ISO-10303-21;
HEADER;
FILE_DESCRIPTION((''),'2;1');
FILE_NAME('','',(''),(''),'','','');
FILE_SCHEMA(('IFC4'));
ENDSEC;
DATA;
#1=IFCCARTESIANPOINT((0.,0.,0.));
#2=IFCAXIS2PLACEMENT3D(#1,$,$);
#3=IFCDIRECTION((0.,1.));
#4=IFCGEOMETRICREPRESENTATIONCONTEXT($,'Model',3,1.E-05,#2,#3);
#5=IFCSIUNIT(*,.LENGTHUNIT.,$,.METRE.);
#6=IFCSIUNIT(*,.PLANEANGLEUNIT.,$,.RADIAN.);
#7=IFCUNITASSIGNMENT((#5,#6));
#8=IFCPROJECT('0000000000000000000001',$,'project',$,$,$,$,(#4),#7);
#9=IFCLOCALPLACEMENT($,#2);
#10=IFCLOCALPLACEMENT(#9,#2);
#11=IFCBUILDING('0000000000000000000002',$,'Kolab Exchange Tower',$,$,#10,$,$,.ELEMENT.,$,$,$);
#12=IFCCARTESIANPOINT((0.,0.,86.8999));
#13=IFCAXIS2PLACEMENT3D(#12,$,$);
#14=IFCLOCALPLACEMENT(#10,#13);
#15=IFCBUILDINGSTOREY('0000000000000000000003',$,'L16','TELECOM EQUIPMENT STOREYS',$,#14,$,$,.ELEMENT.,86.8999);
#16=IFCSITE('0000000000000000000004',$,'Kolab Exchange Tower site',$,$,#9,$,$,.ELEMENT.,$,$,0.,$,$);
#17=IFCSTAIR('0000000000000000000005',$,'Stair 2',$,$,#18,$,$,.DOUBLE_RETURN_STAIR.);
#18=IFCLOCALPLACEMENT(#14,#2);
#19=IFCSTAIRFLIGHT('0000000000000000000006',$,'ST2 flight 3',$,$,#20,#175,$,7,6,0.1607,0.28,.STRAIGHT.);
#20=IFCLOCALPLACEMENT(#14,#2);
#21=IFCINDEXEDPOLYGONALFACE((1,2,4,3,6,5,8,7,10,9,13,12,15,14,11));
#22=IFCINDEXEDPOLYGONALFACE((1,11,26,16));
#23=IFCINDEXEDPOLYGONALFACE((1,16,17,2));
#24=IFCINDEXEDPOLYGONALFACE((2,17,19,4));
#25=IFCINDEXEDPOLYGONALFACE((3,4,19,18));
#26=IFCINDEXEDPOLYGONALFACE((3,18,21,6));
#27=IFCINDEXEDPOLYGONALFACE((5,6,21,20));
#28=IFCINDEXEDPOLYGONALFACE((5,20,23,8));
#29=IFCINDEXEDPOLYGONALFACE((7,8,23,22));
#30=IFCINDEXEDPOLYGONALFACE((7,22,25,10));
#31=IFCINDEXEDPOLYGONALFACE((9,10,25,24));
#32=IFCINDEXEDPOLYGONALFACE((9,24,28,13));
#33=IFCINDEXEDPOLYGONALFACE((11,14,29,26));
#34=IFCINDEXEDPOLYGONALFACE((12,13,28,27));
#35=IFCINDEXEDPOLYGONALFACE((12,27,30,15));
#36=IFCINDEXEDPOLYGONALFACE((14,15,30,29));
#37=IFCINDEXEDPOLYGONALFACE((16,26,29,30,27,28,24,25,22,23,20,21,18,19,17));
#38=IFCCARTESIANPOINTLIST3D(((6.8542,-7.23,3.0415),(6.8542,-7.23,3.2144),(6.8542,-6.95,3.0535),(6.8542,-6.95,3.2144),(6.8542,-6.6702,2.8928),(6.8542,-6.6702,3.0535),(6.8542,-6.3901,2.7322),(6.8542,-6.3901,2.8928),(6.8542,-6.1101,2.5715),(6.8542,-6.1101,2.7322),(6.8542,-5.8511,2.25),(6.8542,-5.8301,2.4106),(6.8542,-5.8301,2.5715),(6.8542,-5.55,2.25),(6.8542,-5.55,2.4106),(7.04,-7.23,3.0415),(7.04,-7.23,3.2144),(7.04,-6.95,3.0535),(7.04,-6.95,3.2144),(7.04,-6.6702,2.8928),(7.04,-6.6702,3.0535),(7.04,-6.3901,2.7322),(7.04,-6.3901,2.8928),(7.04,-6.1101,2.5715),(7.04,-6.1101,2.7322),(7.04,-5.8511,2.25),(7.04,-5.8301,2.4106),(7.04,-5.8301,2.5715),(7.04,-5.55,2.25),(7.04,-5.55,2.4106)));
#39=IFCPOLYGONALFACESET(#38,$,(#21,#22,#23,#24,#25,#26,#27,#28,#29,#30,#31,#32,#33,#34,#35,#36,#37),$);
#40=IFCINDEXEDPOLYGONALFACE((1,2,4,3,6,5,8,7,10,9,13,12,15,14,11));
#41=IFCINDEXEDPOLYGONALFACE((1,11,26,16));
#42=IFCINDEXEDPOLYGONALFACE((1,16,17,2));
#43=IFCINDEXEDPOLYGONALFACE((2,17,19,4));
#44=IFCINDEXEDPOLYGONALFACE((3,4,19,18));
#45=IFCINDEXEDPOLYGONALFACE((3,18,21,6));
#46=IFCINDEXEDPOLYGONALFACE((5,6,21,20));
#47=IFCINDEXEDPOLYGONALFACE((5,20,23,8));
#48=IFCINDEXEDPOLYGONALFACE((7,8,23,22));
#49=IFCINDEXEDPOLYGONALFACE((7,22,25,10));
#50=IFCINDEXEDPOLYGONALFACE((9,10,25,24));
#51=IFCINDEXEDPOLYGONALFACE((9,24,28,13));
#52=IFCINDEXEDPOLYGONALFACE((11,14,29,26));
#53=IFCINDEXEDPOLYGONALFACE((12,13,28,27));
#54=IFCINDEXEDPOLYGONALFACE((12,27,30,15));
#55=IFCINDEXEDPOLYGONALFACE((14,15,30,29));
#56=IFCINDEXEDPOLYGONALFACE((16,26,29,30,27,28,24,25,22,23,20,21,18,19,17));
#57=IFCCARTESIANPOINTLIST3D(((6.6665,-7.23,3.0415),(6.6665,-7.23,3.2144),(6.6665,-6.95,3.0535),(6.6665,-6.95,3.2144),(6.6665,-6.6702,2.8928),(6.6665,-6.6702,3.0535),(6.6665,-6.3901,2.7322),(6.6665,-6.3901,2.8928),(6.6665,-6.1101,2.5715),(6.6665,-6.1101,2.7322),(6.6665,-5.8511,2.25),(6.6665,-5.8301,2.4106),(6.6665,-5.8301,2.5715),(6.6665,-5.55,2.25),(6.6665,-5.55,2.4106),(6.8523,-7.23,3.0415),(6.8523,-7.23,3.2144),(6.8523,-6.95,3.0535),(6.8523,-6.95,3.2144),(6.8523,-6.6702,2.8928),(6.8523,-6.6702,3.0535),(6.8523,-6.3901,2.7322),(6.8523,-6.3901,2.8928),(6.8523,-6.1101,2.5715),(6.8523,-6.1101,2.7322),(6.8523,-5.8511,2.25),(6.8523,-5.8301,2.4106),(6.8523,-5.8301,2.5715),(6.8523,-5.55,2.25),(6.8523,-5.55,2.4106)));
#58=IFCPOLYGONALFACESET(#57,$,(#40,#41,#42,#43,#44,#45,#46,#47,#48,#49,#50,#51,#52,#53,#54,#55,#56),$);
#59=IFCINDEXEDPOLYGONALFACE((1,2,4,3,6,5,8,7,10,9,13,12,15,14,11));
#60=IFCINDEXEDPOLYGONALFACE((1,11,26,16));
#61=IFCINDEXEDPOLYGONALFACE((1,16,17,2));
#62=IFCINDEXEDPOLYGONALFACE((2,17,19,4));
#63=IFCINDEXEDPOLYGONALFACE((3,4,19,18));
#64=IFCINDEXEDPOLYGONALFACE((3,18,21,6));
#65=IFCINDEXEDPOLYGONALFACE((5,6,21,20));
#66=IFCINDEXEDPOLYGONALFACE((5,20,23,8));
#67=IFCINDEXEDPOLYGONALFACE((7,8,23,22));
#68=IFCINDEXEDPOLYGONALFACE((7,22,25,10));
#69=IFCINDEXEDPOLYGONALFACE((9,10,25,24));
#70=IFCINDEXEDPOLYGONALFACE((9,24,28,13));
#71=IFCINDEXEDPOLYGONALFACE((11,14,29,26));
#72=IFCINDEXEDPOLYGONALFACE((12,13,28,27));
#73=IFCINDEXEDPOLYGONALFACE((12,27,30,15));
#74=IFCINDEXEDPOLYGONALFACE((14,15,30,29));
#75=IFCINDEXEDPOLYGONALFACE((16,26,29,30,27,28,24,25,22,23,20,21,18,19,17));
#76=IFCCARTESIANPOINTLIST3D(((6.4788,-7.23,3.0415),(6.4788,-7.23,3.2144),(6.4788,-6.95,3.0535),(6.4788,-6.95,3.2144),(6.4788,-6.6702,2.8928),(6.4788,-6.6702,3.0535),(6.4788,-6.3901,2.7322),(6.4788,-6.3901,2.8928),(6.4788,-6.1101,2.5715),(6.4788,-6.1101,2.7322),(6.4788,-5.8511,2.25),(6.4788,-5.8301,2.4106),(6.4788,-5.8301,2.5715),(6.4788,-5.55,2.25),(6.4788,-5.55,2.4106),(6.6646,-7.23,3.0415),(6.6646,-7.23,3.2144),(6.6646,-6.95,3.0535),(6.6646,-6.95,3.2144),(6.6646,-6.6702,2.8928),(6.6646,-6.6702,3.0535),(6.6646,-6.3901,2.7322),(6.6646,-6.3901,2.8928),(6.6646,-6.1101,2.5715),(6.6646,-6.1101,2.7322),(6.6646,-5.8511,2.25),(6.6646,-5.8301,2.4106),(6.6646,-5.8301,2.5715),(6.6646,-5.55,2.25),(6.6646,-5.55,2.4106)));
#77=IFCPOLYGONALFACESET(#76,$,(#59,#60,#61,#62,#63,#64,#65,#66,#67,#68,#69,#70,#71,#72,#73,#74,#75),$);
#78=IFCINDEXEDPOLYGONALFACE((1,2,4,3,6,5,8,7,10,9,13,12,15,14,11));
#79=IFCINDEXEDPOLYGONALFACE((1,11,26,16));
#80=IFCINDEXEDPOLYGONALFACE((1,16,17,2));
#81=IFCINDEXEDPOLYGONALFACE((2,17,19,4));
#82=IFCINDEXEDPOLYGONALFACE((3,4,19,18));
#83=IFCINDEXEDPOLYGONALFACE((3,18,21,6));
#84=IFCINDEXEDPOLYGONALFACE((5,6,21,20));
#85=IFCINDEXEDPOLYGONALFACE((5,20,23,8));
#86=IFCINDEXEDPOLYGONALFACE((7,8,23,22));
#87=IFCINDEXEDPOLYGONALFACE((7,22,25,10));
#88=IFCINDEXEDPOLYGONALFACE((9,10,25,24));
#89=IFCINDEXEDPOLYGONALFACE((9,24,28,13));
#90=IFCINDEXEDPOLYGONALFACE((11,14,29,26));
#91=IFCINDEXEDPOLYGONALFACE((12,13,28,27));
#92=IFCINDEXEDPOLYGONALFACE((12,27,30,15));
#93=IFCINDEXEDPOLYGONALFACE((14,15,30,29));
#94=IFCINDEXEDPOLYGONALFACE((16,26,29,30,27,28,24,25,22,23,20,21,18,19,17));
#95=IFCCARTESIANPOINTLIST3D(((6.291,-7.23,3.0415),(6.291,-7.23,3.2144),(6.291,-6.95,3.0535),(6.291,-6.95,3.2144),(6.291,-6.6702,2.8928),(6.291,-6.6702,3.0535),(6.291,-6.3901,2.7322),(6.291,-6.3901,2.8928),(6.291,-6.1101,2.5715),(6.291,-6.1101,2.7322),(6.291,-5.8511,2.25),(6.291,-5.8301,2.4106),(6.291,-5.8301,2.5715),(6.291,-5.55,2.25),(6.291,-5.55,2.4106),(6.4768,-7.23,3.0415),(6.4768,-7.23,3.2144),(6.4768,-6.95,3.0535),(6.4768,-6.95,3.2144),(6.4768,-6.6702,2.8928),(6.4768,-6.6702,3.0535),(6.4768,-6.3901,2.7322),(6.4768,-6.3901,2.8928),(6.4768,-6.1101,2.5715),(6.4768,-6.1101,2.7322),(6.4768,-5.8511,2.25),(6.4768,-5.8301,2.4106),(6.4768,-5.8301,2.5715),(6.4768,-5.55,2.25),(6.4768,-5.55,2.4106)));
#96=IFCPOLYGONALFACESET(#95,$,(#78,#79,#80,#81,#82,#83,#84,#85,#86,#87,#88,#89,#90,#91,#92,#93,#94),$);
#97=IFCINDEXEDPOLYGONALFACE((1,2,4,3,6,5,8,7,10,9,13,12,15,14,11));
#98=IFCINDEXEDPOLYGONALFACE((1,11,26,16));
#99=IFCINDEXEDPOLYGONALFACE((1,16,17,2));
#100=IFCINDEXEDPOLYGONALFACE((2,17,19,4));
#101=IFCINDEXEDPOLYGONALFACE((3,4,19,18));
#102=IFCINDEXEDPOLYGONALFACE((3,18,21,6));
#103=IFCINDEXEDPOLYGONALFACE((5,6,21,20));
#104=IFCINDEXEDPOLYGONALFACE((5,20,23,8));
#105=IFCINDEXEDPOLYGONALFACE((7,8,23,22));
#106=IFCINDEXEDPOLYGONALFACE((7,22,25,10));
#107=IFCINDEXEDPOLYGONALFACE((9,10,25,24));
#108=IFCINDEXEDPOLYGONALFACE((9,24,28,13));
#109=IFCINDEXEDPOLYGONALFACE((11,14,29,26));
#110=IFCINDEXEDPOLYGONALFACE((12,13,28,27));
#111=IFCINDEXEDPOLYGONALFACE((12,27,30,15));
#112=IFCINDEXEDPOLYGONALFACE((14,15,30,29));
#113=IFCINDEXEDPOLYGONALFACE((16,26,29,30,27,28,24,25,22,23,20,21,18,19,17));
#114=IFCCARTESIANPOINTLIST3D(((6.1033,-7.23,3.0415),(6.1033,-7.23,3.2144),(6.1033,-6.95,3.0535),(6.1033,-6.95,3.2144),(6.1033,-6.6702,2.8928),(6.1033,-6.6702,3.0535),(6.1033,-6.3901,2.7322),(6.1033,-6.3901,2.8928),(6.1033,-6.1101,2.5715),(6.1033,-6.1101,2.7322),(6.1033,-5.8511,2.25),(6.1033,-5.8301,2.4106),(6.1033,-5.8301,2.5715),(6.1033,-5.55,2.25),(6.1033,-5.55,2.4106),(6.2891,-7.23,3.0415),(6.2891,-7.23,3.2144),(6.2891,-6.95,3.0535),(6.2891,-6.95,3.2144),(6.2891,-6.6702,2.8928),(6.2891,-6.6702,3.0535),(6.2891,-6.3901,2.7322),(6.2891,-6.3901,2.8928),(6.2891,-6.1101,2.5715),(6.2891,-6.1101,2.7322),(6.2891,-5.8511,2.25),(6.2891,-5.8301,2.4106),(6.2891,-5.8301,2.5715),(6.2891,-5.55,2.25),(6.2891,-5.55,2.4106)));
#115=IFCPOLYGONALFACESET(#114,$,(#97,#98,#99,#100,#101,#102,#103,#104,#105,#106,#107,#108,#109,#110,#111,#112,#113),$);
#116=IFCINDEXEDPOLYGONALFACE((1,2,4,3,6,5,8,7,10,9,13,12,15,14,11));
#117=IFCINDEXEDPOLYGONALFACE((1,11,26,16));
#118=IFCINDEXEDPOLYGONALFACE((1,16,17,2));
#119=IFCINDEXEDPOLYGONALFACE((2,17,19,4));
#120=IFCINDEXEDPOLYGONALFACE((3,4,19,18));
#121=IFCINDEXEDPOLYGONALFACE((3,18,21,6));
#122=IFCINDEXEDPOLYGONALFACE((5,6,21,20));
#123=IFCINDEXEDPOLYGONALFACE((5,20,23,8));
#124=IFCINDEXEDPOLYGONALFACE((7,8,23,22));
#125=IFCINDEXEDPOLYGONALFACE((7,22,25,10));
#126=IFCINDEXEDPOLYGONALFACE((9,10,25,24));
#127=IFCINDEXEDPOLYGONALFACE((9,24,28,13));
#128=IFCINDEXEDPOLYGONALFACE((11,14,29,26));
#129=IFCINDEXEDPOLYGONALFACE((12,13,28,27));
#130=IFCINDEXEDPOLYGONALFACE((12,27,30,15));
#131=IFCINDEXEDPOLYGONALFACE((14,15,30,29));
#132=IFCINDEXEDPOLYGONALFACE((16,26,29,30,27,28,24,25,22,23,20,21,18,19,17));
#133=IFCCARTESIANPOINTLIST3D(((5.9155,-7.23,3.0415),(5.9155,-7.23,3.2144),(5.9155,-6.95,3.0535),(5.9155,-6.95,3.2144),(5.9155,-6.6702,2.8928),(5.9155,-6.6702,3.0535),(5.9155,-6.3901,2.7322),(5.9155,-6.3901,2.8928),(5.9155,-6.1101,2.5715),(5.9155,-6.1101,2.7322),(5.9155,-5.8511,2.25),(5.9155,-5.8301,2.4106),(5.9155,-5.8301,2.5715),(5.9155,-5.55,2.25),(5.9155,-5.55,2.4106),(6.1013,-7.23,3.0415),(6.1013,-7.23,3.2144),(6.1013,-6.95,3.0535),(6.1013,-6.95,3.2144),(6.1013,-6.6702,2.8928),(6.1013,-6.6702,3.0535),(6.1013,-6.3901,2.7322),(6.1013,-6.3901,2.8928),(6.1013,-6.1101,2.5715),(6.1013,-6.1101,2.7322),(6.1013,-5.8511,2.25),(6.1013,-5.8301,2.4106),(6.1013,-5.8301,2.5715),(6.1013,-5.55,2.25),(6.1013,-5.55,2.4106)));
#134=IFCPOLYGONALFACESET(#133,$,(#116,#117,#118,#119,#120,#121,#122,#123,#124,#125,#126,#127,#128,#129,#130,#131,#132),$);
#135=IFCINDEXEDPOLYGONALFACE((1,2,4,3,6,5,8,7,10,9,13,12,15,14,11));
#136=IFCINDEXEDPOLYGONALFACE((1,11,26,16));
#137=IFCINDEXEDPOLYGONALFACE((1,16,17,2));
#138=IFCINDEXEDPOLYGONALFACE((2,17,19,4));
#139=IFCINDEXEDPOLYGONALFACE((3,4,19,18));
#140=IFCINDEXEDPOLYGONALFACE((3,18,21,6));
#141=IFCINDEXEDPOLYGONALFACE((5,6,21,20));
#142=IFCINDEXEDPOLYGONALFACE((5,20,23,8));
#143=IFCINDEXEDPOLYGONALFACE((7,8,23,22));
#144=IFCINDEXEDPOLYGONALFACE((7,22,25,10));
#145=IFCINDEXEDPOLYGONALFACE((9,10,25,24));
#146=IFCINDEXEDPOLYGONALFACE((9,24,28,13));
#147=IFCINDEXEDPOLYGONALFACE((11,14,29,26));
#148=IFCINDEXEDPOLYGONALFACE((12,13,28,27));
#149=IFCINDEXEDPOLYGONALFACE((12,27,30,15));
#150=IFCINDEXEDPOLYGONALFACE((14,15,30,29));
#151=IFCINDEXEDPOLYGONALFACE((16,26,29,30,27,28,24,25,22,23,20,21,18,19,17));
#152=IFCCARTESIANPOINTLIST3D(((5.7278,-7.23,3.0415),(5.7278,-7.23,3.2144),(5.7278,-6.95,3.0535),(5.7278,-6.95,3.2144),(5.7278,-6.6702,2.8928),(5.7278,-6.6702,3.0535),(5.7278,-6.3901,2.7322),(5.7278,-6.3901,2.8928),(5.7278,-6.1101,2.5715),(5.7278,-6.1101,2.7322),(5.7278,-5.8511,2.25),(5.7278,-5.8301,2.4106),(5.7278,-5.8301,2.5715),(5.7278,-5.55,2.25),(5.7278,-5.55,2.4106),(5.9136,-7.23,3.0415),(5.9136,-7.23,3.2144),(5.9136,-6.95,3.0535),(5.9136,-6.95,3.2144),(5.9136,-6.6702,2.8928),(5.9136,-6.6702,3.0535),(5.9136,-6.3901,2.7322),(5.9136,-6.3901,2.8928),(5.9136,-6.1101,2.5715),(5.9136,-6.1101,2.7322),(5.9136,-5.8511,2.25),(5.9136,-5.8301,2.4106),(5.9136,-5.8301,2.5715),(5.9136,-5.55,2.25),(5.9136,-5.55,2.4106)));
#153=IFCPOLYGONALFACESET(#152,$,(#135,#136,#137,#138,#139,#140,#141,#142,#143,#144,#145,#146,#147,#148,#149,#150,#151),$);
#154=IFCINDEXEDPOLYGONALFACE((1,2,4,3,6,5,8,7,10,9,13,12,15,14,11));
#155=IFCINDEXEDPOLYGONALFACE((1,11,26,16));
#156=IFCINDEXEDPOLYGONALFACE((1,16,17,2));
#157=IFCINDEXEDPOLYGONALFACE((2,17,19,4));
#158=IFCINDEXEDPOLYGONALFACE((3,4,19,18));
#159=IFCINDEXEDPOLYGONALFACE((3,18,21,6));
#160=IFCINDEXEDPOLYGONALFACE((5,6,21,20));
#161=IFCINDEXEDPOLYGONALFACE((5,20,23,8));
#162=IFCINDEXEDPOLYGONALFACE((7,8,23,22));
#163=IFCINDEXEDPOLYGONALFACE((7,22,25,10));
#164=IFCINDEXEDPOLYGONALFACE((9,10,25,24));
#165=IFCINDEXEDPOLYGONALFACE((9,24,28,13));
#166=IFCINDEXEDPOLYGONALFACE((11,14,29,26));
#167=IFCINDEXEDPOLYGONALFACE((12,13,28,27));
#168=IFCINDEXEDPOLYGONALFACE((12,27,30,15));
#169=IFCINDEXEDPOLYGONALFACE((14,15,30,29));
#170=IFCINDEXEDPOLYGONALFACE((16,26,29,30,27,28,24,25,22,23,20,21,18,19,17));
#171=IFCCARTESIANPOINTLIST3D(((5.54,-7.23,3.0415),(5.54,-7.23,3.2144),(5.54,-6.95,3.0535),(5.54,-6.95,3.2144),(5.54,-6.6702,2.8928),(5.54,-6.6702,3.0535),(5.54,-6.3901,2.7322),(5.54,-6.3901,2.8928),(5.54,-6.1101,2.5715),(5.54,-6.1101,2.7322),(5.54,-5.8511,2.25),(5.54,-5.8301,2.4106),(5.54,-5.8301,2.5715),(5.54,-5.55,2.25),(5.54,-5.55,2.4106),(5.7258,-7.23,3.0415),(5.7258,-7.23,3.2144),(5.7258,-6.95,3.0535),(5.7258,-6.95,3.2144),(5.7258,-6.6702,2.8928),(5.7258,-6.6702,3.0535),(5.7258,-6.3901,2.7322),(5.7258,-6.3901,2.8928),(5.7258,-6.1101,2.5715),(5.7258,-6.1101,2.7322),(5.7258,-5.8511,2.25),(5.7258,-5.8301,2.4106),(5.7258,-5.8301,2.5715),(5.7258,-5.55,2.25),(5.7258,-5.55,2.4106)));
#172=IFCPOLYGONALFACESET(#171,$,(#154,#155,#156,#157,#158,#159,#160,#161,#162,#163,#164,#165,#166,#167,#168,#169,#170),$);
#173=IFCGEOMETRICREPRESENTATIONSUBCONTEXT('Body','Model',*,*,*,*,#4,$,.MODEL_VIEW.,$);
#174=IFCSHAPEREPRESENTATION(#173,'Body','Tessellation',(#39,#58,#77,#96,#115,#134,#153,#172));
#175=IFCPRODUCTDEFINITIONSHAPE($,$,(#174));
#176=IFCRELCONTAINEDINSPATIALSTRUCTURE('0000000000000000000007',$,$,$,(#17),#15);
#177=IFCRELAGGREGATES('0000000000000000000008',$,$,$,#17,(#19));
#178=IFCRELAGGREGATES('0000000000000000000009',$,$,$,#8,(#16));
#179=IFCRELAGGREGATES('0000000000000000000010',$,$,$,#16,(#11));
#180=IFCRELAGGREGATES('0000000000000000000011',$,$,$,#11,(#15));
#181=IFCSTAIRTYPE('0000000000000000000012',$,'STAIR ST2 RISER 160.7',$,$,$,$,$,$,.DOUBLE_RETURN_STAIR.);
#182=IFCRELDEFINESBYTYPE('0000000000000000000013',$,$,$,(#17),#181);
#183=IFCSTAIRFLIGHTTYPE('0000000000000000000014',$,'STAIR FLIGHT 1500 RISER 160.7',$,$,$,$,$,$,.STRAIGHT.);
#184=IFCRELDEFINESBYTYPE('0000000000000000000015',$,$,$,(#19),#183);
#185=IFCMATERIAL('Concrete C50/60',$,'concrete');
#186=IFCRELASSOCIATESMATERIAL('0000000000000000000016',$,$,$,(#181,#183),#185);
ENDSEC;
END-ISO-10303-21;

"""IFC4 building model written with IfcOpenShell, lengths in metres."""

from ifc_helpers import new_model, si_unit, direction, frame, origin, place, context, subcontext, project, spatial, polyline, outline, extrude, material, type_object, element, aggregate, save


model = new_model("IFC4")

# Units and contexts
model_context = context("Model", 3, precision=1e-05, world=origin(), true_north=direction((0.0, 1.0)))
body_context = subcontext(model_context, "Body", "Model", "MODEL_VIEW")
ifc_project = project(units=[si_unit("LENGTHUNIT", "METRE"), si_unit("PLANEANGLEUNIT", "RADIAN")], contexts=[model_context])

# Site, building, storey
site_placement = place(None, origin())
site = spatial("IfcSite", under=ifc_project, at=site_placement, Name="Kolab Exchange Tower site", CompositionType="ELEMENT", RefElevation=0.0)
building_placement = place(site_placement, origin())
building = spatial("IfcBuilding", under=site, at=building_placement, Name="Kolab Exchange Tower", CompositionType="ELEMENT")
storey_placement = place(building_placement, frame((0.0, 0.0, 86.8999)))
storey = spatial("IfcBuildingStorey", under=building, at=storey_placement, Name="L16", Description="TELECOM EQUIPMENT STOREYS", CompositionType="ELEMENT", Elevation=86.8999)

# Shared definitions
ifc_material_1 = material(Name="Concrete C50/60", Category="concrete")

# Stair, stair flight
stair_type = type_object("IfcStairType", Name="STAIR ST2 RISER 160.7", PredefinedType="DOUBLE_RETURN_STAIR", material=ifc_material_1)
stair_placement = place(storey_placement, origin())
stair = element("IfcStair", 1, at=stair_placement, inside=storey, type_object=stair_type, Name="Stair 2", PredefinedType="DOUBLE_RETURN_STAIR")
stair_flight_type = type_object("IfcStairFlightType", Name="STAIR FLIGHT 1500 RISER 160.7", PredefinedType="STRAIGHT", material=ifc_material_1)
stair_flight_1_placement = place(storey_placement, frame((6.29, -5.55, 2.25), z_axis=(0.0, 0.0, 1.0), x_axis=(0.0, -1.0, 0.0)))
stair_flight_1 = element("IfcStairFlight", 2, at=stair_flight_1_placement, type_object=stair_flight_type, Name="ST2 flight 3", NumberOfRisers=7, NumberOfTreads=6, PredefinedType="STRAIGHT", RiserHeight=0.1607, TreadLength=0.28, context=body_context, shape_type="SweptSolid", body=[
    extrude(outline(polyline([(0.0, 0.0), (0.0, 0.1606), (0.28, 0.1606), (0.28, 0.3215), (0.5601, 0.3215), (0.5601, 0.4822), (0.8401, 0.4822), (0.8401, 0.6428), (1.1201, 0.6428), (1.1201, 0.8035), (1.3999, 0.8035), (1.3999, 0.9644), (1.6799, 0.9644), (1.6799, 1.125), (1.6799, 0.7915), (0.301, 0.0), (0.0, 0.0)])), frame((0.0, 0.75, 0.0), z_axis=(0.0, -1.0, 0.0), x_axis=(1.0, 0.0, 0.0)), (0.0, 0.0, 1.0), 0.1858),
    extrude(outline(polyline([(0.0, 0.0), (0.0, 0.1606), (0.28, 0.1606), (0.28, 0.3215), (0.5601, 0.3215), (0.5601, 0.4822), (0.8401, 0.4822), (0.8401, 0.6428), (1.1201, 0.6428), (1.1201, 0.8035), (1.3999, 0.8035), (1.3999, 0.9644), (1.6799, 0.9644), (1.6799, 1.125), (1.6799, 0.7915), (0.301, 0.0), (0.0, 0.0)])), frame((0.0, 0.5623, 0.0), z_axis=(0.0, -1.0, 0.0), x_axis=(1.0, 0.0, 0.0)), (0.0, 0.0, 1.0), 0.1858),
    extrude(outline(polyline([(0.0, 0.0), (0.0, 0.1606), (0.28, 0.1606), (0.28, 0.3215), (0.5601, 0.3215), (0.5601, 0.4822), (0.8401, 0.4822), (0.8401, 0.6428), (1.1201, 0.6428), (1.1201, 0.8035), (1.3999, 0.8035), (1.3999, 0.9644), (1.6799, 0.9644), (1.6799, 1.125), (1.6799, 0.7915), (0.301, 0.0), (0.0, 0.0)])), frame((0.0, 0.3745, 0.0), z_axis=(0.0, -1.0, 0.0), x_axis=(1.0, 0.0, 0.0)), (0.0, 0.0, 1.0), 0.1858),
    extrude(outline(polyline([(0.0, 0.0), (0.0, 0.1606), (0.28, 0.1606), (0.28, 0.3215), (0.5601, 0.3215), (0.5601, 0.4822), (0.8401, 0.4822), (0.8401, 0.6428), (1.1201, 0.6428), (1.1201, 0.8035), (1.3999, 0.8035), (1.3999, 0.9644), (1.6799, 0.9644), (1.6799, 1.125), (1.6799, 0.7915), (0.301, 0.0), (0.0, 0.0)])), frame((0.0, 0.1868, 0.0), z_axis=(0.0, -1.0, 0.0), x_axis=(1.0, 0.0, 0.0)), (0.0, 0.0, 1.0), 0.1858),
    extrude(outline(polyline([(0.0, 0.0), (0.0, 0.1606), (0.28, 0.1606), (0.28, 0.3215), (0.5601, 0.3215), (0.5601, 0.4822), (0.8401, 0.4822), (0.8401, 0.6428), (1.1201, 0.6428), (1.1201, 0.8035), (1.3999, 0.8035), (1.3999, 0.9644), (1.6799, 0.9644), (1.6799, 1.125), (1.6799, 0.7915), (0.301, 0.0), (0.0, 0.0)])), frame((0.0, -0.001, 0.0), z_axis=(0.0, -1.0, 0.0), x_axis=(1.0, 0.0, 0.0)), (0.0, 0.0, 1.0), 0.1858),
    extrude(outline(polyline([(0.0, 0.0), (0.0, 0.1606), (0.28, 0.1606), (0.28, 0.3215), (0.5601, 0.3215), (0.5601, 0.4822), (0.8401, 0.4822), (0.8401, 0.6428), (1.1201, 0.6428), (1.1201, 0.8035), (1.3999, 0.8035), (1.3999, 0.9644), (1.6799, 0.9644), (1.6799, 1.125), (1.6799, 0.7915), (0.301, 0.0), (0.0, 0.0)])), frame((0.0, -0.1887, 0.0), z_axis=(0.0, -1.0, 0.0), x_axis=(1.0, 0.0, 0.0)), (0.0, 0.0, 1.0), 0.1858),
    extrude(outline(polyline([(0.0, 0.0), (0.0, 0.1606), (0.28, 0.1606), (0.28, 0.3215), (0.5601, 0.3215), (0.5601, 0.4822), (0.8401, 0.4822), (0.8401, 0.6428), (1.1201, 0.6428), (1.1201, 0.8035), (1.3999, 0.8035), (1.3999, 0.9644), (1.6799, 0.9644), (1.6799, 1.125), (1.6799, 0.7915), (0.301, 0.0), (0.0, 0.0)])), frame((0.0, -0.3765, 0.0), z_axis=(0.0, -1.0, 0.0), x_axis=(1.0, 0.0, 0.0)), (0.0, 0.0, 1.0), 0.1858),
    extrude(outline(polyline([(0.0, 0.0), (0.0, 0.1606), (0.28, 0.1606), (0.28, 0.3215), (0.5601, 0.3215), (0.5601, 0.4822), (0.8401, 0.4822), (0.8401, 0.6428), (1.1201, 0.6428), (1.1201, 0.8035), (1.3999, 0.8035), (1.3999, 0.9644), (1.6799, 0.9644), (1.6799, 1.125), (1.6799, 0.7915), (0.301, 0.0), (0.0, 0.0)])), frame((0.0, -0.5642, 0.0), z_axis=(0.0, -1.0, 0.0), x_axis=(1.0, 0.0, 0.0)), (0.0, 0.0, 1.0), 0.1858),
])
aggregate(stair, [stair_flight_1])

save(model, "model.ifc")
